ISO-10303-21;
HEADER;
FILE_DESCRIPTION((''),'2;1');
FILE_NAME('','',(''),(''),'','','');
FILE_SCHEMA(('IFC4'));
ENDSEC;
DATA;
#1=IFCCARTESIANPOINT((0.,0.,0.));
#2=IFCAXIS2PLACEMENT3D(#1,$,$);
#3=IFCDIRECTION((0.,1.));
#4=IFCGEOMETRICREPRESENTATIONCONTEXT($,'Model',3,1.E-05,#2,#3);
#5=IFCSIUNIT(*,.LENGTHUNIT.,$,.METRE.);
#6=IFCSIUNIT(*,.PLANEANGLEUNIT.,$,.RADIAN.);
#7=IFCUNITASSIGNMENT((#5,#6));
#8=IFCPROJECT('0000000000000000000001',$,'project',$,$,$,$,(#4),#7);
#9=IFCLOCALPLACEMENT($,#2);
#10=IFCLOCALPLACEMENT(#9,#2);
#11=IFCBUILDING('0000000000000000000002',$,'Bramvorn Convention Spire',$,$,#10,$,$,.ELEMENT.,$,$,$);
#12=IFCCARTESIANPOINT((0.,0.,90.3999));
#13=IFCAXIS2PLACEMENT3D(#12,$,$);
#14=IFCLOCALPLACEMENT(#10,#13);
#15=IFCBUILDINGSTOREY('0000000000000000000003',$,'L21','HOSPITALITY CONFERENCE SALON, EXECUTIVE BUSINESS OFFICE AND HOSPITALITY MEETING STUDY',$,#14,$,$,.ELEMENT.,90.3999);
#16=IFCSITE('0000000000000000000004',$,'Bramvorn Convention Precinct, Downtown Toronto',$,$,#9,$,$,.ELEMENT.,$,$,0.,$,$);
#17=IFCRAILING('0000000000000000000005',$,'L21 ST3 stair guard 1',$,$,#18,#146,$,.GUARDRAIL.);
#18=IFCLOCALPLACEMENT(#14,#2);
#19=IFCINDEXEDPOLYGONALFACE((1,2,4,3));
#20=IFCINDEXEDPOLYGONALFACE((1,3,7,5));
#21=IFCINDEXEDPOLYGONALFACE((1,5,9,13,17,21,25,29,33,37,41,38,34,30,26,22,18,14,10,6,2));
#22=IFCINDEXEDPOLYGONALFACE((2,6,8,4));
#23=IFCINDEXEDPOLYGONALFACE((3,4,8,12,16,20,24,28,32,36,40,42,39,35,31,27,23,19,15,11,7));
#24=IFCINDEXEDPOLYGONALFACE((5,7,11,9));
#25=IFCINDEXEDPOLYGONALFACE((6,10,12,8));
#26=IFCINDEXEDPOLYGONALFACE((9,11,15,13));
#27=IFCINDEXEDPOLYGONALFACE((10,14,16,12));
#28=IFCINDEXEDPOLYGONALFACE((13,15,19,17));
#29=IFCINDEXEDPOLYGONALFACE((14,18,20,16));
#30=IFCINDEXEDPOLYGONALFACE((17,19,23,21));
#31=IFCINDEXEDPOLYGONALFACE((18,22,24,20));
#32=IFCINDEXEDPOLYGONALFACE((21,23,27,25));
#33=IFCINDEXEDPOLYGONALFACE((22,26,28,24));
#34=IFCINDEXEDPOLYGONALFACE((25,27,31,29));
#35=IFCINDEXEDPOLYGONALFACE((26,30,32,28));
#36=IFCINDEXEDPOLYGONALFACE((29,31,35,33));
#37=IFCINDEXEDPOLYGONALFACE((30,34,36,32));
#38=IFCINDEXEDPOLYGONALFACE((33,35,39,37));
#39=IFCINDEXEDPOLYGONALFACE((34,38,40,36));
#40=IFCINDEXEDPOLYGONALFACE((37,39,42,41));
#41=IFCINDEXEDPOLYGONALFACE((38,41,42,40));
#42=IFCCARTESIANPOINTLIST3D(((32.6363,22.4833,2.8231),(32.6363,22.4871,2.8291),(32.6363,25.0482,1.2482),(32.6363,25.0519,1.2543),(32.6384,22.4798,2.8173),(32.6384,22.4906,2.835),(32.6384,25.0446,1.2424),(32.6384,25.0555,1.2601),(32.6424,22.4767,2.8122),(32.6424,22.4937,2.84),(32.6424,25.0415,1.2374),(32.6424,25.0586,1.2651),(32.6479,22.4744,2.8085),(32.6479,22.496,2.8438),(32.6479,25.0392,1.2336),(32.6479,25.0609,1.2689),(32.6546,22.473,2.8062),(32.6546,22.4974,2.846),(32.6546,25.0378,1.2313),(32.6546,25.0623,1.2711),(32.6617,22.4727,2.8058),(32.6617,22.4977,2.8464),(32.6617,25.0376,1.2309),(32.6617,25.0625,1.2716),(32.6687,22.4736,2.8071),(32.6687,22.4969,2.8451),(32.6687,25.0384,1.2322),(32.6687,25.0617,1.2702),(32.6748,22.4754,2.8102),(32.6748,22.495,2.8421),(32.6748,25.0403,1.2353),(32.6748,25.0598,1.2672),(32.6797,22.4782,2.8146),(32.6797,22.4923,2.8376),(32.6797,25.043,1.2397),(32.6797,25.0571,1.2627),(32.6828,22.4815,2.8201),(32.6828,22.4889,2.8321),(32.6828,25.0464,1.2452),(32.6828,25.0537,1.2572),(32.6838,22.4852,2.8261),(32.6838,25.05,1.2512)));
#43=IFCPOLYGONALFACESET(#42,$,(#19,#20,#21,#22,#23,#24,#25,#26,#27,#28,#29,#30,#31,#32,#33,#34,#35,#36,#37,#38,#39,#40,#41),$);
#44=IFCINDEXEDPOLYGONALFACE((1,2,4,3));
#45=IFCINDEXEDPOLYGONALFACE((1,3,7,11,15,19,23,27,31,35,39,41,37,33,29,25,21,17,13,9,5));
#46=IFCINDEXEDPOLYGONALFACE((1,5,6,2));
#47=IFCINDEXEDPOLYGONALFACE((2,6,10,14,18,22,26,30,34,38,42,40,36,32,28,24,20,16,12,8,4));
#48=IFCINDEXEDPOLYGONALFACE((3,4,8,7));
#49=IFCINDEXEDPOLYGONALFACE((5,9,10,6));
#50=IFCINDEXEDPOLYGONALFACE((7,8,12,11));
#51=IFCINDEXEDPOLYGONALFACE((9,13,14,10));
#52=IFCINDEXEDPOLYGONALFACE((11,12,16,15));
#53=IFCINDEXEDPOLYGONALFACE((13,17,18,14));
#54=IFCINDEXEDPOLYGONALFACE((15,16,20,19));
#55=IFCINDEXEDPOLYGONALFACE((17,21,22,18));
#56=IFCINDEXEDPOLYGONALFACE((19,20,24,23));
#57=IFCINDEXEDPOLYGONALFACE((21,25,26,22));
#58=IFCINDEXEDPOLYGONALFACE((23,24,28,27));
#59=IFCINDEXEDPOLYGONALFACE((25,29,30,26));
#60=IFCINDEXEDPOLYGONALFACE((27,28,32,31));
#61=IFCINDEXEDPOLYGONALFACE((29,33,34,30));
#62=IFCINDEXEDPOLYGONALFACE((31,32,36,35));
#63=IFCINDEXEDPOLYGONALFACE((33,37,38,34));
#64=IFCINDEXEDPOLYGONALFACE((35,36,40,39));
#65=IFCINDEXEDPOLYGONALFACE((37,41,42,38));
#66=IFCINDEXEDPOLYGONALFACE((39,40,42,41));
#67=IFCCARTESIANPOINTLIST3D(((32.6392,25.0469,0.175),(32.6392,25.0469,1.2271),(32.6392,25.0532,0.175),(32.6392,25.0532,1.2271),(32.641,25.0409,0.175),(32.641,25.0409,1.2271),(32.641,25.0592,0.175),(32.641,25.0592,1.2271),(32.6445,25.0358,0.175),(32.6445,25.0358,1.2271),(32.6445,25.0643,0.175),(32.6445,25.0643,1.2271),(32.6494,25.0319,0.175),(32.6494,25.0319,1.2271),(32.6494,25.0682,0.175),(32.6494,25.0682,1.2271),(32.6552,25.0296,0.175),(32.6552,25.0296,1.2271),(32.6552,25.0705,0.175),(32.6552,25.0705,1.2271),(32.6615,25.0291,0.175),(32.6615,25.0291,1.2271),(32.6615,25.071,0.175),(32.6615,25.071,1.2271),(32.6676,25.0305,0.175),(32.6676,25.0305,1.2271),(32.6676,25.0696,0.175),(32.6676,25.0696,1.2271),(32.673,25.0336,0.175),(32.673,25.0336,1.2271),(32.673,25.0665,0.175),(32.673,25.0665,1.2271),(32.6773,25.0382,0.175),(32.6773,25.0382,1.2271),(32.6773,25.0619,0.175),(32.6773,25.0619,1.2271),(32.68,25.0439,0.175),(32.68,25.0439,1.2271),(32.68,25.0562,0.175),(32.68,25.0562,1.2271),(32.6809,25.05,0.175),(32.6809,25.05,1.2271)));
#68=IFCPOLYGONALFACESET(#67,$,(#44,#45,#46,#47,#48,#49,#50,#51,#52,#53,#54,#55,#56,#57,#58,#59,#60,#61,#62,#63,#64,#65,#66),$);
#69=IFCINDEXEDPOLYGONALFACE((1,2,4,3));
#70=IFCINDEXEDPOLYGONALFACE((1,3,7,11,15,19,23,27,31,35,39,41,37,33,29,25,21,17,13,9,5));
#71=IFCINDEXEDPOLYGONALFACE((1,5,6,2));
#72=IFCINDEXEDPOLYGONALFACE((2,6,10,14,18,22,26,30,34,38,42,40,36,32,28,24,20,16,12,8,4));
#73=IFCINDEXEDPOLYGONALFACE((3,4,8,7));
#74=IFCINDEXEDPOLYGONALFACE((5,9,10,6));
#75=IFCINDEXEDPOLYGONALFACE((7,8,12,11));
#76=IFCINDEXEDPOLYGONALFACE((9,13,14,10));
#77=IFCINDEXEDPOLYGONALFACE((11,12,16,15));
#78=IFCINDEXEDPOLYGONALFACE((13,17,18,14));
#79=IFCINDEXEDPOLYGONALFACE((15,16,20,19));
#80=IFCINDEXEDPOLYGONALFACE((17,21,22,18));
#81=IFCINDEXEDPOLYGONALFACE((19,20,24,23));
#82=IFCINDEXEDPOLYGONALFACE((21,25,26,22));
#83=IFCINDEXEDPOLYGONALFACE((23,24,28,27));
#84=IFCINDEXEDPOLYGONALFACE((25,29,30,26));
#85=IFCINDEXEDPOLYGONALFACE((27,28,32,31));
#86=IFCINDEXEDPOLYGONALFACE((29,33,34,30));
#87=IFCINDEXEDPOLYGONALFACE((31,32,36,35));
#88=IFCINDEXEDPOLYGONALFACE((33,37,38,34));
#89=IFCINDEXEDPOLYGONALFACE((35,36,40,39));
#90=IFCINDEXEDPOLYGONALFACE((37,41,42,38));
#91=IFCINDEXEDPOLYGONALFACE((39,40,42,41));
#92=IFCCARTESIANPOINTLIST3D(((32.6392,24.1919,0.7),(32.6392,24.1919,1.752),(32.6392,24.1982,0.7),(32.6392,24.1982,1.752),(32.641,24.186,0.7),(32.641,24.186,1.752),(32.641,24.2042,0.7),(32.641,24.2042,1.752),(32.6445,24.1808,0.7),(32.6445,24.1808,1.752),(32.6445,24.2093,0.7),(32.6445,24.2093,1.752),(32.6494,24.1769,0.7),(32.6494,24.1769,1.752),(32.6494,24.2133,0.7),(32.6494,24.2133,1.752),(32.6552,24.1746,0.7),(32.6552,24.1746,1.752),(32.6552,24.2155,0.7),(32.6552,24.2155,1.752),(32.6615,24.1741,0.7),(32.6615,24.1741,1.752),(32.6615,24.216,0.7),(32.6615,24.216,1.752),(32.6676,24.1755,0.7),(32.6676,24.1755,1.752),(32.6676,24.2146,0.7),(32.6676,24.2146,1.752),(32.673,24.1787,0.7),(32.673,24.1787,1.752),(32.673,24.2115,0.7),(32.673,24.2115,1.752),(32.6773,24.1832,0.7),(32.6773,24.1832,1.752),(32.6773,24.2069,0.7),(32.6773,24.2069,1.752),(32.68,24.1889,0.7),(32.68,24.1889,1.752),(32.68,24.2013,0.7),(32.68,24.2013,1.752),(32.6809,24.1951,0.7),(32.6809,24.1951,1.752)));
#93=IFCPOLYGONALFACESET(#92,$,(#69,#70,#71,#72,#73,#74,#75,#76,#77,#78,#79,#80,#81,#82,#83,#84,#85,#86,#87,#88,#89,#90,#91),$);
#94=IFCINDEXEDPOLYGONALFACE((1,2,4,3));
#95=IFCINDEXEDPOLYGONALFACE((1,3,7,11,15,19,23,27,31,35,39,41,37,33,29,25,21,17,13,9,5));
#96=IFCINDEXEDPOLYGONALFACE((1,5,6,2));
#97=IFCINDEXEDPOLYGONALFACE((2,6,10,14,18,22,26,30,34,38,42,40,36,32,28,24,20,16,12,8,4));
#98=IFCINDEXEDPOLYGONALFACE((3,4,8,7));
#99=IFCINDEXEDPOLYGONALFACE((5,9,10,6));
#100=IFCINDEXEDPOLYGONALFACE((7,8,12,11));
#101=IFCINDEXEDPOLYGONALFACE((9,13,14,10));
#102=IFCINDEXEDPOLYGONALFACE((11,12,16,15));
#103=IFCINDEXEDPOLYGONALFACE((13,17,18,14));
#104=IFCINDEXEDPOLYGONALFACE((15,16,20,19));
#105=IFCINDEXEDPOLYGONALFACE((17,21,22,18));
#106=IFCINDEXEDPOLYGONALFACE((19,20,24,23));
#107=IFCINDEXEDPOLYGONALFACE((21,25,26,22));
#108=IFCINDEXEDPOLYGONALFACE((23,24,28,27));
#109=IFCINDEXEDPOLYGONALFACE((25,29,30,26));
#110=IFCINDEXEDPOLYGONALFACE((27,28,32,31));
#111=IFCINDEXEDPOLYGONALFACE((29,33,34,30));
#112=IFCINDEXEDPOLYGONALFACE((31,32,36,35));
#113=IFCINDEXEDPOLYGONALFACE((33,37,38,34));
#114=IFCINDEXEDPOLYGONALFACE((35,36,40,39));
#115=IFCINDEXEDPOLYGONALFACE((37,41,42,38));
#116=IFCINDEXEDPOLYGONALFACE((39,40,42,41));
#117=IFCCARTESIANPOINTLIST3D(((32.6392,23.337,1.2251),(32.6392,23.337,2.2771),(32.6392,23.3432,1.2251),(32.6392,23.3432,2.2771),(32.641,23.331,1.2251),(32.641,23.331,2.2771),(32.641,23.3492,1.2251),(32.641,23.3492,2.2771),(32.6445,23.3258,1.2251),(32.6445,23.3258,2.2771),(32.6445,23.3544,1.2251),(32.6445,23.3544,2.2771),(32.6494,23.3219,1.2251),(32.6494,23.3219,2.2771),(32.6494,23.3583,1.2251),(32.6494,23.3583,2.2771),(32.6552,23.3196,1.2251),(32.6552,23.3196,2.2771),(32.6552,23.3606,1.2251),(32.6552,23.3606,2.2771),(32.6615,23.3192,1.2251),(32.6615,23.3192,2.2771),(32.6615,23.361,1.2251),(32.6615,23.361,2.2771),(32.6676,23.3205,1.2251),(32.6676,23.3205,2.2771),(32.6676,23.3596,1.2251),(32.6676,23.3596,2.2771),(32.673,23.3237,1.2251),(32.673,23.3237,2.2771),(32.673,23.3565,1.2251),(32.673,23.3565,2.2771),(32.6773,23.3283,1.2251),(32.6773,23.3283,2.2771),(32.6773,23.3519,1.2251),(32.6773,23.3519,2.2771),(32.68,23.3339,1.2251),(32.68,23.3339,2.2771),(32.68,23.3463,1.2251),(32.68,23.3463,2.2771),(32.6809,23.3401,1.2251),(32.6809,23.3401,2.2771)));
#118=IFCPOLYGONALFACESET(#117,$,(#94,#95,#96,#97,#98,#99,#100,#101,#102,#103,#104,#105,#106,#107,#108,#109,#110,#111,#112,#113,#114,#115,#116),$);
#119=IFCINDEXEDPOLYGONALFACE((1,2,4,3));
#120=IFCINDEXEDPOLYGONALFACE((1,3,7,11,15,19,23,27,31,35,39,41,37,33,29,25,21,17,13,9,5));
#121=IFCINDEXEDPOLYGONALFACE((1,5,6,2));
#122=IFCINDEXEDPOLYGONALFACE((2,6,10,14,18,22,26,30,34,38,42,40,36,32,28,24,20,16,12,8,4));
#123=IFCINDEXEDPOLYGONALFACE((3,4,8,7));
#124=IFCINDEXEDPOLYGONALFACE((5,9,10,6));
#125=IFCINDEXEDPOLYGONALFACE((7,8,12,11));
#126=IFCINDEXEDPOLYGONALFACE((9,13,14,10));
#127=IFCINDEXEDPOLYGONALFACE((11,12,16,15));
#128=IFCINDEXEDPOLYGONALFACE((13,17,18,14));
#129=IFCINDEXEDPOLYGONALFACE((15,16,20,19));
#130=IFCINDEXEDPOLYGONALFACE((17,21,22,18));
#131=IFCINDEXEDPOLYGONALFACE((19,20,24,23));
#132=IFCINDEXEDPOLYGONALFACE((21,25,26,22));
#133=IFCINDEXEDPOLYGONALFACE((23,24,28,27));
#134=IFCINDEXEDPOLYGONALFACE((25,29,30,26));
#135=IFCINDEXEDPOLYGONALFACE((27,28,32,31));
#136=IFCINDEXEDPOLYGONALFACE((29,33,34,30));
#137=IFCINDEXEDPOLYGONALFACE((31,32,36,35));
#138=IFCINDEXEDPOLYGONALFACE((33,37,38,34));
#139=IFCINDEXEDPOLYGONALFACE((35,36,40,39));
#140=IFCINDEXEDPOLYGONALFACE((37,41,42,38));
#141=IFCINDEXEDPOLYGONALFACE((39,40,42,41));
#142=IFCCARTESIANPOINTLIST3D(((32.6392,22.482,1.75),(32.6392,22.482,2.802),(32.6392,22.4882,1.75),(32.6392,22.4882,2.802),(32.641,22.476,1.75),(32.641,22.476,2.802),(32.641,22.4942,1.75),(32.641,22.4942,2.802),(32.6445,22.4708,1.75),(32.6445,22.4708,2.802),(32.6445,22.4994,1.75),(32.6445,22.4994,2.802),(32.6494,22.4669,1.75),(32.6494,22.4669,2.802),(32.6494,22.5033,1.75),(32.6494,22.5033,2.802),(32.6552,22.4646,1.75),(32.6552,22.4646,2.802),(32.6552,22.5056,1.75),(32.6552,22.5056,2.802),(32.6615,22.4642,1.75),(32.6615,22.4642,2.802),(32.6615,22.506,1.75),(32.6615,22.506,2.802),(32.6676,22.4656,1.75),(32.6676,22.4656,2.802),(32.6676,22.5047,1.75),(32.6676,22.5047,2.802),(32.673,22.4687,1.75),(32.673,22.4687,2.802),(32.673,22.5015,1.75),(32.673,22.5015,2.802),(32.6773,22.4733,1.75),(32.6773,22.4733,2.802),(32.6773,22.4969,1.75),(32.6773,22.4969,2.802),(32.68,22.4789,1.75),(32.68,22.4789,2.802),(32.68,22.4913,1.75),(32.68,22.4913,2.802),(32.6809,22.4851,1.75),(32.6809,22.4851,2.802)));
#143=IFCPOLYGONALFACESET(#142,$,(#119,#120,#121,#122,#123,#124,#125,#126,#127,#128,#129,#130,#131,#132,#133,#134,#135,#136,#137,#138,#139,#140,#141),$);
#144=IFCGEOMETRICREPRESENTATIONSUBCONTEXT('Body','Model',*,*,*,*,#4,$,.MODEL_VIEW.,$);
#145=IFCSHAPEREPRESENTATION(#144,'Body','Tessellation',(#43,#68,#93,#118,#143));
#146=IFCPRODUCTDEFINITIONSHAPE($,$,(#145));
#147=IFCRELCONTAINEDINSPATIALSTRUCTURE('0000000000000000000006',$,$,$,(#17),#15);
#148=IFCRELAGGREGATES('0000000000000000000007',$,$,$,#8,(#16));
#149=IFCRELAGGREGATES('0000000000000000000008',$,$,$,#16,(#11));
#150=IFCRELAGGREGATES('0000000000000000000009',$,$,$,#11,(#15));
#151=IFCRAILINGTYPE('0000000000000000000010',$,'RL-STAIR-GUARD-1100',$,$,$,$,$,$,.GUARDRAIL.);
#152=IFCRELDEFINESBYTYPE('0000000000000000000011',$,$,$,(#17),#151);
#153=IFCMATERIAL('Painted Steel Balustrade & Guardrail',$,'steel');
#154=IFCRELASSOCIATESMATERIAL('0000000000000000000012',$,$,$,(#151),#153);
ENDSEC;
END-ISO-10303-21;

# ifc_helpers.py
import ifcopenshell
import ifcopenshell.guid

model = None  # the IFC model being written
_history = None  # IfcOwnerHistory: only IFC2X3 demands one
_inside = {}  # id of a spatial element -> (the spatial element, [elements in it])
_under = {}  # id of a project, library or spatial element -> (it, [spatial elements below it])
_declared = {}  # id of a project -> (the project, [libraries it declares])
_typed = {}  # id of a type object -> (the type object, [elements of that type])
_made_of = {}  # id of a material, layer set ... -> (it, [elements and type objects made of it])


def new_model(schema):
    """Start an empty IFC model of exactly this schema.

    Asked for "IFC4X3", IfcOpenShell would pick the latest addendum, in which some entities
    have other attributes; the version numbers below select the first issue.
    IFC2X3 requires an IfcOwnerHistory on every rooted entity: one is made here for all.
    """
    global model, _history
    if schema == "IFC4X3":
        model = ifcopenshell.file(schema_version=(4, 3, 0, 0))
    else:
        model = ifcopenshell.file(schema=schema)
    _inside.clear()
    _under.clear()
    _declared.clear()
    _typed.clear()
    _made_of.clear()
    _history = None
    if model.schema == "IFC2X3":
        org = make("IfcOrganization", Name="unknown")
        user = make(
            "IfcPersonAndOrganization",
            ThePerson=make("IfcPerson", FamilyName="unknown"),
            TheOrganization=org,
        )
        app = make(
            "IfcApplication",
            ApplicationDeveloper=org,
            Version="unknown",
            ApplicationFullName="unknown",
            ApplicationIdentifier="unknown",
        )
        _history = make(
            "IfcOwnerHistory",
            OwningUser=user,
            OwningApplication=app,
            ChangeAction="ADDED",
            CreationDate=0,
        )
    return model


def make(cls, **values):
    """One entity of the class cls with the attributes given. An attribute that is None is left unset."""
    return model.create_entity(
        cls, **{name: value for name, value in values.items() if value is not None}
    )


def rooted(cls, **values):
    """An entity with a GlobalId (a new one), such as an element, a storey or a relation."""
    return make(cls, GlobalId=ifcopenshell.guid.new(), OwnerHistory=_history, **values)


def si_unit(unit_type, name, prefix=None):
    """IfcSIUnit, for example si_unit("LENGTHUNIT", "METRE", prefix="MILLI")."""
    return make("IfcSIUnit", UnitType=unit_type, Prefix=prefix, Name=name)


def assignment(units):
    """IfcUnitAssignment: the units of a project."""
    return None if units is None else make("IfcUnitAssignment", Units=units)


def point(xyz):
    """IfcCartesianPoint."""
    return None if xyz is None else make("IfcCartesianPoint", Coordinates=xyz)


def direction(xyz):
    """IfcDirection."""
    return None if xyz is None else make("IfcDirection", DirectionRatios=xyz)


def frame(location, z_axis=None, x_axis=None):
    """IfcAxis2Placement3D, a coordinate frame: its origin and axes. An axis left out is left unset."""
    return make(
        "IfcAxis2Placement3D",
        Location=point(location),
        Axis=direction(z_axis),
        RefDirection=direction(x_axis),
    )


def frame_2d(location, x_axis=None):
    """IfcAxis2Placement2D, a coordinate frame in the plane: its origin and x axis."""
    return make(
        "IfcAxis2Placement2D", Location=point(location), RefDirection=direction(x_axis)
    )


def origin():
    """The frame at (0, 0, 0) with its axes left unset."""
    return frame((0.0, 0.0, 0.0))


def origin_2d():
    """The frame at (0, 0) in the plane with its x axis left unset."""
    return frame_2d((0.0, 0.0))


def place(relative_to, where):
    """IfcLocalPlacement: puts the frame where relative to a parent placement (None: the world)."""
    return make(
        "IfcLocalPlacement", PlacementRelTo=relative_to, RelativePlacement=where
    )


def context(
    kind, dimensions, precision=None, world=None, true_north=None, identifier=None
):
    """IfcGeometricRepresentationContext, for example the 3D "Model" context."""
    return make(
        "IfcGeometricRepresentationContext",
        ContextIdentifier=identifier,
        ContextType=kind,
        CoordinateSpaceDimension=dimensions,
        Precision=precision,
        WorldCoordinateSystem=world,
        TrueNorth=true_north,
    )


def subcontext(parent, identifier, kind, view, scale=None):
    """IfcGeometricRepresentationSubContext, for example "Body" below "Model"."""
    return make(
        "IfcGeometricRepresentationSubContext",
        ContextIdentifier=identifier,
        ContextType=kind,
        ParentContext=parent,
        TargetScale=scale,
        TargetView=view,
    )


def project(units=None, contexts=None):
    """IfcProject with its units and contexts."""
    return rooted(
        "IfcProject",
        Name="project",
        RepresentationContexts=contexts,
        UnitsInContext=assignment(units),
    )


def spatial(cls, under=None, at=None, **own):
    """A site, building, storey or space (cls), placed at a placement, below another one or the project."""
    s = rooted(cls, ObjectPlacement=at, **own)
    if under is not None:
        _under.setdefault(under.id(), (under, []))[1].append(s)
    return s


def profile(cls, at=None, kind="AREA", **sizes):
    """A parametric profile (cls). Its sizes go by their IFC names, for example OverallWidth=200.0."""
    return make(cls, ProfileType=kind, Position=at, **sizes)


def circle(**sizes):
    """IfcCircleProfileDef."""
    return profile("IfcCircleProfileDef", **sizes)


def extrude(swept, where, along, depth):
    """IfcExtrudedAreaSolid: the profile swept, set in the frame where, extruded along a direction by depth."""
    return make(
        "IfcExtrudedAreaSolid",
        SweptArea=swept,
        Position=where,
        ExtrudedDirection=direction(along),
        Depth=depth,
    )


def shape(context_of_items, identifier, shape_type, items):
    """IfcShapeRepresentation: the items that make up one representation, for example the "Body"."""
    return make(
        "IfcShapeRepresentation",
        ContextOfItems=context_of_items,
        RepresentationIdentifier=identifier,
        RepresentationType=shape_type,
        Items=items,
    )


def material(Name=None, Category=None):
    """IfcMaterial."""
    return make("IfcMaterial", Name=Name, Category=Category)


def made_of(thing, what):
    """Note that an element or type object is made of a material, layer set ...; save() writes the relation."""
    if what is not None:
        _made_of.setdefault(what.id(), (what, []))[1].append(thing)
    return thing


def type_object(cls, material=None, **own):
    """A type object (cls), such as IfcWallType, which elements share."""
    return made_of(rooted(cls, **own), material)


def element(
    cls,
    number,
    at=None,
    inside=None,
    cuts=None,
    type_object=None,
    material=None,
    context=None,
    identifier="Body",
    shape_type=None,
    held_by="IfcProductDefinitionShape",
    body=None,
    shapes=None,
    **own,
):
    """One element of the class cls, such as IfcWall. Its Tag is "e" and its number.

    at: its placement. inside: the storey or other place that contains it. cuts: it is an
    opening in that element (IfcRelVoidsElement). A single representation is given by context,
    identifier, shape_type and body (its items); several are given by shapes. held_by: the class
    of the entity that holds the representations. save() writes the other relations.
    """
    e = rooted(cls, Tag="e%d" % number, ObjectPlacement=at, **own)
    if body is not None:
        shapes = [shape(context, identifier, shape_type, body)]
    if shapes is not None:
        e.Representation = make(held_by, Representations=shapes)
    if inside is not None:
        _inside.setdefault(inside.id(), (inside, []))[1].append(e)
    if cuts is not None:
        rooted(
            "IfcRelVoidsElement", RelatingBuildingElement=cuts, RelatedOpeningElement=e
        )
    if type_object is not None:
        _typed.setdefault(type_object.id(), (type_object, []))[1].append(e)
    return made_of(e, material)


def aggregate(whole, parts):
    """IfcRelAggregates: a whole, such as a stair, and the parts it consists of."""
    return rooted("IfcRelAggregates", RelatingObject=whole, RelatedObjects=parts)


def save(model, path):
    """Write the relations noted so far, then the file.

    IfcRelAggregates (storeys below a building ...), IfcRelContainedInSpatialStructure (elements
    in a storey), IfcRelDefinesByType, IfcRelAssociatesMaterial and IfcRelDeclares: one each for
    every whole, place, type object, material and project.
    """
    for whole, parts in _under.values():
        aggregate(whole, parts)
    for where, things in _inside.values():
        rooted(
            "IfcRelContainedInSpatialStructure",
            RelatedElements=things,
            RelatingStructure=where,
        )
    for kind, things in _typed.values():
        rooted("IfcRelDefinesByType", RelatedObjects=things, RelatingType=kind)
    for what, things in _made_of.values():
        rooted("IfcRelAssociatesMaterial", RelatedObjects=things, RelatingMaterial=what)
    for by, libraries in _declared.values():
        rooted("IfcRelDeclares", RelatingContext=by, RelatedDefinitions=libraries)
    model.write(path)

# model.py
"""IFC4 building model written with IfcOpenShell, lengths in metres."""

from ifc_helpers import new_model, si_unit, direction, frame, origin, origin_2d, place, context, subcontext, project, spatial, circle, extrude, material, type_object, element, save


model = new_model("IFC4")

# Units and contexts
model_context = context("Model", 3, precision=1e-05, world=origin(), true_north=direction((0.0, 1.0)))
body_context = subcontext(model_context, "Body", "Model", "MODEL_VIEW")
ifc_project = project(units=[si_unit("LENGTHUNIT", "METRE"), si_unit("PLANEANGLEUNIT", "RADIAN")], contexts=[model_context])

# Site, building, storey
site_placement = place(None, origin())
site = spatial("IfcSite", under=ifc_project, at=site_placement, Name="Bramvorn Convention Precinct, Downtown Toronto", CompositionType="ELEMENT", RefElevation=0.0)
building_placement = place(site_placement, origin())
building = spatial("IfcBuilding", under=site, at=building_placement, Name="Bramvorn Convention Spire", CompositionType="ELEMENT")
storey_placement = place(building_placement, frame((0.0, 0.0, 90.3999)))
storey = spatial("IfcBuildingStorey", under=building, at=storey_placement, Name="L21", Description="HOSPITALITY CONFERENCE SALON, EXECUTIVE BUSINESS OFFICE AND HOSPITALITY MEETING STUDY", CompositionType="ELEMENT", Elevation=90.3999)

# Railing
ifc_material_1 = material(Name="Painted Steel Balustrade & Guardrail", Category="steel")
railing_type_1 = type_object("IfcRailingType", Name="RL-STAIR-GUARD-1100", PredefinedType="GUARDRAIL", material=ifc_material_1)
railing_1_placement = place(storey_placement, frame((32.6599, 25.05, 0.175)))
element("IfcRailing", 1, at=railing_1_placement, inside=storey, type_object=railing_type_1, Name="L21 ST3 stair guard 1", PredefinedType="GUARDRAIL", context=body_context, shape_type="SweptSolid", body=[
    extrude(circle(Radius=0.0239, at=origin_2d()), frame((0.0, 0.0, 1.0762), z_axis=(0.0, -0.852173, 0.52326), x_axis=(1.0, 0.0, 0.0)), (0.0, 0.0, 1.0), 3.0098),
    extrude(circle(Radius=0.021, at=origin_2d()), origin(), (0.0, 0.0, 1.0), 1.052),
    extrude(circle(Radius=0.021, at=origin_2d()), frame((0.0, -0.855, 0.5249)), (0.0, 0.0, 1.0), 1.052),
    extrude(circle(Radius=0.021, at=origin_2d()), frame((0.0, -1.71, 1.05)), (0.0, 0.0, 1.0), 1.052),
    extrude(circle(Radius=0.021, at=origin_2d()), frame((0.0, -2.5649, 1.575)), (0.0, 0.0, 1.0), 1.052),
])

save(model, "model.ifc")
